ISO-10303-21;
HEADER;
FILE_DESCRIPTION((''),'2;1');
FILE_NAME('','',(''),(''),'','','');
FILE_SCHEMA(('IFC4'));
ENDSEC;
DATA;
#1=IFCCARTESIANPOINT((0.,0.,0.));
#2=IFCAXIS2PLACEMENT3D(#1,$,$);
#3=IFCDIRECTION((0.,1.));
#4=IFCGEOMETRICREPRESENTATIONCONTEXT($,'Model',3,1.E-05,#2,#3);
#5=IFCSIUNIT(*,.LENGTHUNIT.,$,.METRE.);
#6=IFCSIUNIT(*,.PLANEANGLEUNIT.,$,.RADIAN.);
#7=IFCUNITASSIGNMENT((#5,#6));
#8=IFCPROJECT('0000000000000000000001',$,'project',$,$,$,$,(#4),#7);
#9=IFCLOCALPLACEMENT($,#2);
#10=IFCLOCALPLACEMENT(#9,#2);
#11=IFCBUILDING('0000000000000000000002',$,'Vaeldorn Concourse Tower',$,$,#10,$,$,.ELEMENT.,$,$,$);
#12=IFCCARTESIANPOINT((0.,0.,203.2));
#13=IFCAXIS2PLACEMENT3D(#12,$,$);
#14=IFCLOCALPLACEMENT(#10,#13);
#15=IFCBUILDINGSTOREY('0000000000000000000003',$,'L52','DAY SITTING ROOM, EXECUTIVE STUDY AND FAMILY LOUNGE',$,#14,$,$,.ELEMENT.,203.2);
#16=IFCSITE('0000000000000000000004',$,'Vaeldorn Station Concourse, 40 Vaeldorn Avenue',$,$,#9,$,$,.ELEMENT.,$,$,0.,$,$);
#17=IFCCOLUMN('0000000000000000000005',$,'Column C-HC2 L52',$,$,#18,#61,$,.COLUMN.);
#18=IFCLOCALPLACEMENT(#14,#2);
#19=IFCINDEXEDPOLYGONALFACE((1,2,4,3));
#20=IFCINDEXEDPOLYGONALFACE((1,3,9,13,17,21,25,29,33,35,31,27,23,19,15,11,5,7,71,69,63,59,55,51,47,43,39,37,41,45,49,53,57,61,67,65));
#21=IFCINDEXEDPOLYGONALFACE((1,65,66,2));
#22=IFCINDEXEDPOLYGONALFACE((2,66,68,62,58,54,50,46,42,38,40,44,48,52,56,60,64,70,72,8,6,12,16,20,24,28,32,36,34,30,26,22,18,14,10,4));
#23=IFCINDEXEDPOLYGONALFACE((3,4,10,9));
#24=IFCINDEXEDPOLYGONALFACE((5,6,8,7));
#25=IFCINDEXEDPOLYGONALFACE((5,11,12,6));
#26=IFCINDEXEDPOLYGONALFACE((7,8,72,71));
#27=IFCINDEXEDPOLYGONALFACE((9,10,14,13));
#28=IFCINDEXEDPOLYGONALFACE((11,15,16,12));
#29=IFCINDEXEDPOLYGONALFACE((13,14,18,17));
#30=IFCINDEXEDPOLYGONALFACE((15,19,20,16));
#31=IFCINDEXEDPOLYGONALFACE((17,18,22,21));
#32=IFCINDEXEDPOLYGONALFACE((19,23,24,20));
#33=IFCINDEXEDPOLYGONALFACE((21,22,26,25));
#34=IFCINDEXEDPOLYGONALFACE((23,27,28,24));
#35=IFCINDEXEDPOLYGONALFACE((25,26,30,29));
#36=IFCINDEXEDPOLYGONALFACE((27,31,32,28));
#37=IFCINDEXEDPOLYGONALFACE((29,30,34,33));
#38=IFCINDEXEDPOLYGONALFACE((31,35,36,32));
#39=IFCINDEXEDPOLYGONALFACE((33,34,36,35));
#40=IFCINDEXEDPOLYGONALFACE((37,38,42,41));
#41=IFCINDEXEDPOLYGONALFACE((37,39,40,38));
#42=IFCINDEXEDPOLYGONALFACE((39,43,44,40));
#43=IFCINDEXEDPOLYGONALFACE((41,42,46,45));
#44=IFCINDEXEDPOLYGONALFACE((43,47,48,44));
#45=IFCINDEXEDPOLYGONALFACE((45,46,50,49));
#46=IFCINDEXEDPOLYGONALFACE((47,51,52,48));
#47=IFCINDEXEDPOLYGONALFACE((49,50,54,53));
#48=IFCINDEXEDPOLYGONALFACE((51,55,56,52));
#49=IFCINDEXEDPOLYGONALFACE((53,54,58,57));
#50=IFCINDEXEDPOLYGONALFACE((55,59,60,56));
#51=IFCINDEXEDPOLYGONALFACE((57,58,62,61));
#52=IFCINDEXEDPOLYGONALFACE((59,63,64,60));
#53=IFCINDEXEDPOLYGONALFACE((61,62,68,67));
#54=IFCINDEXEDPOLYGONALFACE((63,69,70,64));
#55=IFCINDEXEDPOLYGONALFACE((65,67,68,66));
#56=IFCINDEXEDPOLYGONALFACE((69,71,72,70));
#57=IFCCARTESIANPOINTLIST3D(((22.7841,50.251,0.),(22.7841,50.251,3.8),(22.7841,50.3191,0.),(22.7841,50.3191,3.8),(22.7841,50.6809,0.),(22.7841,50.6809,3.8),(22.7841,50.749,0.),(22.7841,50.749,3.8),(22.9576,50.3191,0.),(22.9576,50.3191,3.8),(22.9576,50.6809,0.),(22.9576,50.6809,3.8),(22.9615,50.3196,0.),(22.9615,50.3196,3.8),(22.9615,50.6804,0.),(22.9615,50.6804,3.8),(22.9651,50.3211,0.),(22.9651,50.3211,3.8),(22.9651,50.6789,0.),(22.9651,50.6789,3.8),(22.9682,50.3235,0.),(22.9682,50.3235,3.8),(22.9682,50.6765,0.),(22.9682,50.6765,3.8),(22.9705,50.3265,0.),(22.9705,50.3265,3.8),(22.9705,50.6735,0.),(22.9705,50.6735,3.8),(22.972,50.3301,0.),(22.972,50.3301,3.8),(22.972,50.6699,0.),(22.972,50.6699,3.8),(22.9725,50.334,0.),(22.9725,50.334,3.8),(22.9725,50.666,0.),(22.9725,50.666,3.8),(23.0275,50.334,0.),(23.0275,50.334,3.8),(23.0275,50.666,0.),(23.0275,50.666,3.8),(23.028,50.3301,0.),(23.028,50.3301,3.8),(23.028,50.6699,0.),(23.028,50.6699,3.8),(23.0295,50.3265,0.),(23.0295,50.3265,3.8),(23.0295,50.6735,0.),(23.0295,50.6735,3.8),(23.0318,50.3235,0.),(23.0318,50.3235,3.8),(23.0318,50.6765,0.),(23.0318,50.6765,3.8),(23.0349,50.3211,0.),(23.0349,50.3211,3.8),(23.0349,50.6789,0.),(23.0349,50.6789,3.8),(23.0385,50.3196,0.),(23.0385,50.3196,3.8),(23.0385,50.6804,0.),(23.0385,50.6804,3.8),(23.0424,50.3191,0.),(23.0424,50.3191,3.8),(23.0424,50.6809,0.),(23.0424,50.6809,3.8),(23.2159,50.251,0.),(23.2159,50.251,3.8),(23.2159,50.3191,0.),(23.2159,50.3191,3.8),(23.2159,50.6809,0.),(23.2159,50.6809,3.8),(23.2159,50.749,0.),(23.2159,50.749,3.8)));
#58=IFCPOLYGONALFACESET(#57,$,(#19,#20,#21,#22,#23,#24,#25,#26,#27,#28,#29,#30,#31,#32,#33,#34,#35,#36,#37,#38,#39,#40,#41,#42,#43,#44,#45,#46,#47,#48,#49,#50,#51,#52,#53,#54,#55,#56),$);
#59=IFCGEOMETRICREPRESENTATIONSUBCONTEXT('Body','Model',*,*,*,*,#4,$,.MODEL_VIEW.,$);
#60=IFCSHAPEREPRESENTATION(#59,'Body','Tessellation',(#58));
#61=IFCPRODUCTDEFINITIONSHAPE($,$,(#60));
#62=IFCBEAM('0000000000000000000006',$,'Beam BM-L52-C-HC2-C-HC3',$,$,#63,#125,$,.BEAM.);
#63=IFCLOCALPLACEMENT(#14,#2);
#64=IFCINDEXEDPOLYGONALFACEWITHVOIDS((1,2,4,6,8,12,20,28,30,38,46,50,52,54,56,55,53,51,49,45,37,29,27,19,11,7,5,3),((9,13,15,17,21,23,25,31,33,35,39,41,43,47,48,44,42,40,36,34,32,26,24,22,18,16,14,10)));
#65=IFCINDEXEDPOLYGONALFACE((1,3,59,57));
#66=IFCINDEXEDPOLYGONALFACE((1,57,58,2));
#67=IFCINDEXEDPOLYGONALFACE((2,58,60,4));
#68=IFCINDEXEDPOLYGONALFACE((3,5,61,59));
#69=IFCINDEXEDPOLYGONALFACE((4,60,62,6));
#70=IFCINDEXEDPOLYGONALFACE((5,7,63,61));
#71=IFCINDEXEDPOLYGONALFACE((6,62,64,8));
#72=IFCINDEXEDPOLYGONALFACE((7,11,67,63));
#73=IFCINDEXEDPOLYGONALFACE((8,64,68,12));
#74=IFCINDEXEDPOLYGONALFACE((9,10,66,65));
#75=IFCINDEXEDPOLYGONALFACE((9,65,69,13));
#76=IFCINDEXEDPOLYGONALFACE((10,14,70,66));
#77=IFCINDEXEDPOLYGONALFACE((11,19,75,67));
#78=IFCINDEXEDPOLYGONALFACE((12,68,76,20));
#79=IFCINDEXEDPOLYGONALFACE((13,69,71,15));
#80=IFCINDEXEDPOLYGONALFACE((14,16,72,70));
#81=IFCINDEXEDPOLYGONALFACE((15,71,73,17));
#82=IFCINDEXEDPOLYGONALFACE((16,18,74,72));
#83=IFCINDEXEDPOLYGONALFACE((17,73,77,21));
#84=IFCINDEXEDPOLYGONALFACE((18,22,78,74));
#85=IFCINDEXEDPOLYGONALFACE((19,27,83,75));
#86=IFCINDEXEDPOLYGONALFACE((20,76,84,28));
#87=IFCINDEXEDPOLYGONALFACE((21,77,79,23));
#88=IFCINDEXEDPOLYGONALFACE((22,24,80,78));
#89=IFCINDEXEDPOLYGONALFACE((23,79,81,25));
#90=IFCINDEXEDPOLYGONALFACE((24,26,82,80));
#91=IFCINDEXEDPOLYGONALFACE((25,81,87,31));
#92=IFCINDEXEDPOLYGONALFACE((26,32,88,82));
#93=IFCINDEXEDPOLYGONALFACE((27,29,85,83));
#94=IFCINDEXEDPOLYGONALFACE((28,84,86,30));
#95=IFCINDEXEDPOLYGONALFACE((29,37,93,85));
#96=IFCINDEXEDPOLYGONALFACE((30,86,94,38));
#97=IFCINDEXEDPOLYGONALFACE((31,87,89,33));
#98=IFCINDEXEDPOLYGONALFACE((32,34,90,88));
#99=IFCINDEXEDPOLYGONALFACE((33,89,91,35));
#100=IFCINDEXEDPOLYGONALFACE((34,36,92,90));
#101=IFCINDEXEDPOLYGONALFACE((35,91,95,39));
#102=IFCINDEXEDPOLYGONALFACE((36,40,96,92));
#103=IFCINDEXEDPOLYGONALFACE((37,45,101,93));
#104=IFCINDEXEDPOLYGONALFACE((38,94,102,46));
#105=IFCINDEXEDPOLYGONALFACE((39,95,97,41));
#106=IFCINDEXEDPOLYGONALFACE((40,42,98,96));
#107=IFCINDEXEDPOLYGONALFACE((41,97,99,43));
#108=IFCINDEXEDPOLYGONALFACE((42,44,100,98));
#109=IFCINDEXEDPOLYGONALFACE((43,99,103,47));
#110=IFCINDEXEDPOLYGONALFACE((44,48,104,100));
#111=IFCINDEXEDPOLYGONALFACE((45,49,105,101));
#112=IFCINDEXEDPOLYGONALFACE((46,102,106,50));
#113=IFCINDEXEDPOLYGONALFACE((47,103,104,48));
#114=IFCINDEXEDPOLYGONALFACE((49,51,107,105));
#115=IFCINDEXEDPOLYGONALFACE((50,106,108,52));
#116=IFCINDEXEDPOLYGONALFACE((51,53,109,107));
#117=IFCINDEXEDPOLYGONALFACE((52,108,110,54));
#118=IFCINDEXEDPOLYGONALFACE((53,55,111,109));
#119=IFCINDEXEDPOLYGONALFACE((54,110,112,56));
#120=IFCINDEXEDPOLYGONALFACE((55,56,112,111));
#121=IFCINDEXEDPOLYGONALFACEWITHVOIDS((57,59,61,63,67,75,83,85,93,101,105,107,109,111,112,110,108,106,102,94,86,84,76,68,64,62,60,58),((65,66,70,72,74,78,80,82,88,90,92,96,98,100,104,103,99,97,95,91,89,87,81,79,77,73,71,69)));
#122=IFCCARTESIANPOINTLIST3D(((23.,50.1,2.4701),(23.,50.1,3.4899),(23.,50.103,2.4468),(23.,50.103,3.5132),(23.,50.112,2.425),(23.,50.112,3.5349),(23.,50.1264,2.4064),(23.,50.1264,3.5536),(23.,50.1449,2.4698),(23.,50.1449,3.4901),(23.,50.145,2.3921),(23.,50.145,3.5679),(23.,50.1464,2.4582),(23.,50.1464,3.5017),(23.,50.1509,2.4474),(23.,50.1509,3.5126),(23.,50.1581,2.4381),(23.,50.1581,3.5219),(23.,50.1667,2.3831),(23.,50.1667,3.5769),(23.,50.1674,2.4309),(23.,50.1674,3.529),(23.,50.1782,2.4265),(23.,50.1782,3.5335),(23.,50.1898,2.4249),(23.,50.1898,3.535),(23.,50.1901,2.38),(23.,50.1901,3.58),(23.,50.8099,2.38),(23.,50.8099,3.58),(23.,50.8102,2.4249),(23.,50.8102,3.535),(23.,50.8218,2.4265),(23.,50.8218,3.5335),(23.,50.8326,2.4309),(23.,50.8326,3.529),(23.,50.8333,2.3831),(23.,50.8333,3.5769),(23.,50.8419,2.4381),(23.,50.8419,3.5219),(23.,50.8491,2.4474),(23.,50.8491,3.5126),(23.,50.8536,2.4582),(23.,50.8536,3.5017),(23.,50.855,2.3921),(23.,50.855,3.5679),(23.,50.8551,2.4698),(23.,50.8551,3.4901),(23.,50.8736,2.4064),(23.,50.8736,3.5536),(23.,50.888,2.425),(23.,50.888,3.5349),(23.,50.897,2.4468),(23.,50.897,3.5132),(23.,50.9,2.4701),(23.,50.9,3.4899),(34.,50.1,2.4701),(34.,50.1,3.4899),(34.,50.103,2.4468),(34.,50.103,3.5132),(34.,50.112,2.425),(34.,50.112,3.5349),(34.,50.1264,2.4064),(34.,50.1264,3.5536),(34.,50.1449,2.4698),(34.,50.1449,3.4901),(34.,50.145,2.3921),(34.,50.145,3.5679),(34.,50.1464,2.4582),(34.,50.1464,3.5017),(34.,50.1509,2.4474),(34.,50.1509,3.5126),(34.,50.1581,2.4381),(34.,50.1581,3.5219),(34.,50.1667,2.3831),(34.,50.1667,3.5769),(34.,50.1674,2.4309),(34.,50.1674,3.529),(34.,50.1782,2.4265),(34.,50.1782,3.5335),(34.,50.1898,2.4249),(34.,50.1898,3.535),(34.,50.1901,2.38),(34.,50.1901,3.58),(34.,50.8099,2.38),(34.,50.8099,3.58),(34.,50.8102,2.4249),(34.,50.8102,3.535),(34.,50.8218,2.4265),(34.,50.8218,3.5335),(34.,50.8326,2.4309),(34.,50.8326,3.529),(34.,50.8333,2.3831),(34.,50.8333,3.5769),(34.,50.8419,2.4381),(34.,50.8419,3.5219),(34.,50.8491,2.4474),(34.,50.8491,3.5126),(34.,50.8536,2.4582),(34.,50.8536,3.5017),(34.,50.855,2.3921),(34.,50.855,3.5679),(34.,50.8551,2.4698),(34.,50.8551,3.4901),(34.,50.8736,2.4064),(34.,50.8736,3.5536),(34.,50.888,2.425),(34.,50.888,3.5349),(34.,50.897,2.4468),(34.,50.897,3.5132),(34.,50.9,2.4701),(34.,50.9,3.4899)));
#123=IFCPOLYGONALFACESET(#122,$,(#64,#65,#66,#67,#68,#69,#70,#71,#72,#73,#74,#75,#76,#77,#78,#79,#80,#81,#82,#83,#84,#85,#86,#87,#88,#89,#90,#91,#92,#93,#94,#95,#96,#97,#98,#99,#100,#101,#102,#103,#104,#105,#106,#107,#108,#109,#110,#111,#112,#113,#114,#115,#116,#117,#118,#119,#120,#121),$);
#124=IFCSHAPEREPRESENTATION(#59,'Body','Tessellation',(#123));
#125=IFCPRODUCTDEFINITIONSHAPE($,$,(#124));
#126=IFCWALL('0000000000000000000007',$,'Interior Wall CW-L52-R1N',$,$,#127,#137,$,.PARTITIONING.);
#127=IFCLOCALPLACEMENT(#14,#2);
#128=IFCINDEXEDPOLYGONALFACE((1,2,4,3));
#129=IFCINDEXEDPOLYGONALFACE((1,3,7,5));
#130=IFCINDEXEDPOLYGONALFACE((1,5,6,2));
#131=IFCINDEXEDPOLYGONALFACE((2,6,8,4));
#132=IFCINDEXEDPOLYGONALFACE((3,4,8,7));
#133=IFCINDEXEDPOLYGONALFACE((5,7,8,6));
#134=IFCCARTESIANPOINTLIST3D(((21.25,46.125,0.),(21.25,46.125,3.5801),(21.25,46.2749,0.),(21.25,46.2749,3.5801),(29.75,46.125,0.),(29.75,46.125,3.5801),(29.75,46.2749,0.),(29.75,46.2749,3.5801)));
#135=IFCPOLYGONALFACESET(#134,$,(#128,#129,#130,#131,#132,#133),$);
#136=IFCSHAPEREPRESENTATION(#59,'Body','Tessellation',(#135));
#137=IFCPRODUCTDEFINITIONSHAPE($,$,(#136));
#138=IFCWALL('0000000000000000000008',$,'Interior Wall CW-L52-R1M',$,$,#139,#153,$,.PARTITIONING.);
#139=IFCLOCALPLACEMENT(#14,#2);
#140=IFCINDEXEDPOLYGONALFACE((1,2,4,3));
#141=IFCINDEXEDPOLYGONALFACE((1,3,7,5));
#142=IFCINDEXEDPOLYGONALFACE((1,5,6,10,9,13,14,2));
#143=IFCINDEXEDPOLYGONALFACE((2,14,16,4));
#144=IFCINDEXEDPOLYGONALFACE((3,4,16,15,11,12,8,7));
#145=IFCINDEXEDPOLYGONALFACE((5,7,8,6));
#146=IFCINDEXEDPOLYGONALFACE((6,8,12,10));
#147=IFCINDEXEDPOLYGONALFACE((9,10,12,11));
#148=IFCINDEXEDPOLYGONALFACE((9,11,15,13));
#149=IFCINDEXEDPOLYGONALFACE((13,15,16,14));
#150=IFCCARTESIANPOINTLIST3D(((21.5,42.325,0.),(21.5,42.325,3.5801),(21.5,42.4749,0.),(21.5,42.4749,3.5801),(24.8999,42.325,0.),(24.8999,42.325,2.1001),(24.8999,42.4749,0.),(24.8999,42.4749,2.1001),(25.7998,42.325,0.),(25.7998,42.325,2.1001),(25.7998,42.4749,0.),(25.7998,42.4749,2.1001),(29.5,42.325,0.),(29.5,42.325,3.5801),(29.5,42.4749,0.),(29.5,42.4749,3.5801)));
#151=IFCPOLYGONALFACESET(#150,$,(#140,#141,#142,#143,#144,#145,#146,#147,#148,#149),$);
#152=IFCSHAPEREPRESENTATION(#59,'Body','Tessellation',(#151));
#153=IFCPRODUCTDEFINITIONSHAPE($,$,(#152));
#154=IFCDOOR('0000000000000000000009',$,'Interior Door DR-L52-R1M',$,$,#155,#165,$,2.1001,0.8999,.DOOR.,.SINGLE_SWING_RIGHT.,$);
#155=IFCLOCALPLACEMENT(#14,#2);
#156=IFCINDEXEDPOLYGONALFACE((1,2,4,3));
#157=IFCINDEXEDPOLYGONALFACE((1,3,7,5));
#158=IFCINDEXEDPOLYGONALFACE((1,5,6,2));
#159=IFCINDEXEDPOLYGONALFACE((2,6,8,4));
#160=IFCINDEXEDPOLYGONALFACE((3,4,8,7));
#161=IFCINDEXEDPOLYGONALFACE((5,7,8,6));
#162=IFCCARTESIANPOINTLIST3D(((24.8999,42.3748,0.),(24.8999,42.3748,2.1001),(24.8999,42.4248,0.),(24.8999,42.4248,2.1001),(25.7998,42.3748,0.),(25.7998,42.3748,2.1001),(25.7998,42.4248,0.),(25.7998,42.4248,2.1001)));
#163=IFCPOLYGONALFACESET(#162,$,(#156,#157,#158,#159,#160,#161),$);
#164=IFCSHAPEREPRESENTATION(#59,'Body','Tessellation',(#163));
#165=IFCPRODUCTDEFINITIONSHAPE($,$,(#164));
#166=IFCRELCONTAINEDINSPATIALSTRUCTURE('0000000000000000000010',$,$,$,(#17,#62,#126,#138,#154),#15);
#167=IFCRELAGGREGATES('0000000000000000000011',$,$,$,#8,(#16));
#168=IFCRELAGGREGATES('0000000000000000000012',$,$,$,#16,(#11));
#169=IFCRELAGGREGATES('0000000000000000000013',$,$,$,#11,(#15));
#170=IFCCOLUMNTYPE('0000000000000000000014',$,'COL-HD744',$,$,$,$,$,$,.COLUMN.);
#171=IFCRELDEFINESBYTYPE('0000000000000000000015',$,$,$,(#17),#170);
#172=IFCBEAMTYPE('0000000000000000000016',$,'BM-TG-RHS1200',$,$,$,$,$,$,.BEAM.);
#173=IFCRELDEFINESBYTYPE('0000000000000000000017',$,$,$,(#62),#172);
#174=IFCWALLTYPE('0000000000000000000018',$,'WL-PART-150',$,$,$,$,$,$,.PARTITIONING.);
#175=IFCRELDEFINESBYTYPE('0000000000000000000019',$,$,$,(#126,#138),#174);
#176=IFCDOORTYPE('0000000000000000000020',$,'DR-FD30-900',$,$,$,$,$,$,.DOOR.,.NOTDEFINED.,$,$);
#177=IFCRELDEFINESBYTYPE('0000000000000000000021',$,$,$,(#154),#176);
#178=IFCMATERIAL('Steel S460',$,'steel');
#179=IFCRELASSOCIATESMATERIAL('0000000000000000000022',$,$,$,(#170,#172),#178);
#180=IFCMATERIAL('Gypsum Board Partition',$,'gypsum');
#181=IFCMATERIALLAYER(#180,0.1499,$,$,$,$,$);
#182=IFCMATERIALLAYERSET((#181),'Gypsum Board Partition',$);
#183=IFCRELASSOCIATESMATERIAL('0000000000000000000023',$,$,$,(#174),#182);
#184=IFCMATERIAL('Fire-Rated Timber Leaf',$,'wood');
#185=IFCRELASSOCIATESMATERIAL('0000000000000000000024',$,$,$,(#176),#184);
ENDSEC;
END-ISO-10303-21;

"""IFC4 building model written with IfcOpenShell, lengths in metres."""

from ifc_helpers import new_model, si_unit, direction, frame, frame_2d, origin, origin_2d, place, context, subcontext, project, spatial, rectangle, hollow_rectangle, i_section, extrude, source, transform, mapped, material, layer, layer_set, material_profile, profile_set, type_object, element, fill, save


model = new_model("IFC4")

# Units and contexts
model_context = context("Model", 3, precision=1e-05, world=origin(), true_north=direction((0.0, 1.0)))
body_context = subcontext(model_context, "Body", "Model", "MODEL_VIEW")
ifc_project = project(units=[si_unit("LENGTHUNIT", "METRE"), si_unit("PLANEANGLEUNIT", "RADIAN")], contexts=[model_context])

# Site, building, storey
site_placement = place(None, origin())
site = spatial("IfcSite", under=ifc_project, at=site_placement, Name="Vaeldorn Station Concourse, 40 Vaeldorn Avenue", CompositionType="ELEMENT", RefElevation=0.0)
building_placement = place(site_placement, origin())
building = spatial("IfcBuilding", under=site, at=building_placement, Name="Vaeldorn Concourse Tower", CompositionType="ELEMENT")
storey_placement = place(building_placement, frame((0.0, 0.0, 203.2)))
storey = spatial("IfcBuildingStorey", under=building, at=storey_placement, Name="L52", Description="DAY SITTING ROOM, EXECUTIVE STUDY AND FAMILY LOUNGE", CompositionType="ELEMENT", Elevation=203.2)

# Column
ifc_material_1 = material(Name="Steel S460", Category="steel")
ifc_material_profile_1 = material_profile(ifc_material_1, i_section(OverallWidth=0.4319, OverallDepth=0.498, WebThickness=0.0549, FlangeThickness=0.0681, FilletRadius=0.0149, at=origin_2d()), Name="HD 400x744")
ifc_profile_set_1 = profile_set([ifc_material_profile_1], Name="Steel S460")
column_type = type_object("IfcColumnType", Name="COL-HD744", PredefinedType="COLUMN", material=ifc_profile_set_1)
shared_shape_1 = source(origin(), body_context, "Body", "SweptSolid", [
    extrude(i_section(OverallWidth=0.4319, OverallDepth=0.498, WebThickness=0.0549, FlangeThickness=0.0681, FilletRadius=0.0149, at=origin_2d()), origin(), (0.0, 0.0, 1.0), 3.8),
])
column_placement = place(storey_placement, frame((23.0, 50.5, 0.0), z_axis=(0.0, 0.0, 1.0), x_axis=(1.0, 0.0, 0.0)))
element("IfcColumn", 1, at=column_placement, inside=storey, type_object=column_type, Name="Column C-HC2 L52", PredefinedType="COLUMN", context=body_context, shape_type="MappedRepresentation", body=[
    mapped(shared_shape_1, transform((0.0, 0.0, 0.0), scale=1.0)),
])

# Beam
ifc_material_profile_2 = material_profile(ifc_material_1, hollow_rectangle(XDim=0.8, YDim=1.2, WallThickness=0.0449, InnerFilletRadius=0.0449, OuterFilletRadius=0.0901, at=origin_2d()), Name="RHS 1200x800x45")
ifc_profile_set_2 = profile_set([ifc_material_profile_2], Name="Steel S460")
beam_type = type_object("IfcBeamType", Name="BM-TG-RHS1200", PredefinedType="BEAM", material=ifc_profile_set_2)
shared_shape_2 = source(origin(), body_context, "Body", "SweptSolid", [
    extrude(hollow_rectangle(XDim=0.8, YDim=1.2, WallThickness=0.0449, InnerFilletRadius=0.0449, OuterFilletRadius=0.0901, at=origin_2d()), origin(), (0.0, 0.0, 1.0), 11.0),
])
beam_placement = place(storey_placement, frame((23.0, 50.5, 2.98), z_axis=(1.0, 0.0, 0.0), x_axis=(0.0, 1.0, 0.0)))
element("IfcBeam", 2, at=beam_placement, inside=storey, type_object=beam_type, Name="Beam BM-L52-C-HC2-C-HC3", PredefinedType="BEAM", context=body_context, shape_type="MappedRepresentation", body=[
    mapped(shared_shape_2, transform((0.0, 0.0, 0.0), scale=1.0)),
])

# Wall
ifc_material_2 = material(Name="Gypsum Board Partition", Category="gypsum")
ifc_layer_1 = layer(ifc_material_2, 0.1499)
ifc_layer_set_1 = layer_set([ifc_layer_1], Name="Gypsum Board Partition")
wall_type_1 = type_object("IfcWallType", Name="WL-PART-150", PredefinedType="PARTITIONING", material=ifc_layer_set_1)
wall_1_placement = place(storey_placement, frame((21.25, 46.2, 0.0), z_axis=(0.0, 0.0, 1.0), x_axis=(1.0, 0.0, 0.0)))
element("IfcWall", 3, at=wall_1_placement, inside=storey, type_object=wall_type_1, Name="Interior Wall CW-L52-R1N", PredefinedType="PARTITIONING", context=body_context, shape_type="SweptSolid", body=[
    extrude(rectangle(XDim=8.5, YDim=0.1499, at=frame_2d((4.25, 0.0))), origin(), (0.0, 0.0, 1.0), 3.5801),
])

# Wall, opening, door
wall_2_placement = place(storey_placement, frame((21.5, 42.3999, 0.0), z_axis=(0.0, 0.0, 1.0), x_axis=(1.0, 0.0, 0.0)))
wall_2 = element("IfcWall", 4, at=wall_2_placement, inside=storey, type_object=wall_type_1, Name="Interior Wall CW-L52-R1M", PredefinedType="PARTITIONING", context=body_context, shape_type="SweptSolid", body=[
    extrude(rectangle(XDim=8.0, YDim=0.1499, at=frame_2d((4.0, 0.0))), origin(), (0.0, 0.0, 1.0), 3.5801),
])
opening_1_placement = place(wall_2_placement, frame((3.3999, 0.0, 0.0)))
opening_1 = element("IfcOpeningElement", 5, at=opening_1_placement, cuts=wall_2, PredefinedType="OPENING", context=body_context, shape_type="SweptSolid", body=[
    extrude(rectangle(XDim=0.8999, YDim=2.1001, at=frame_2d((0.45, 1.05))), frame((0.0, 0.085, 0.0), z_axis=(0.0, -1.0, 0.0), x_axis=(1.0, 0.0, 0.0)), (0.0, 0.0, 1.0), 0.1699),
])
ifc_material_3 = material(Name="Fire-Rated Timber Leaf", Category="wood")
door_type_1 = type_object("IfcDoorType", Name="DR-FD30-900", OperationType="NOTDEFINED", PredefinedType="DOOR", material=ifc_material_3)
shared_shape_3 = source(origin(), body_context, "Body", "SweptSolid", [
    extrude(rectangle(XDim=0.8999, YDim=2.1001, at=frame_2d((0.45, 1.05))), frame((0.0, 0.0249, 0.0), z_axis=(0.0, -1.0, 0.0), x_axis=(1.0, 0.0, 0.0)), (0.0, 0.0, 1.0), 0.05),
])
door_1_placement = place(opening_1_placement, origin())
door_1 = element("IfcDoor", 6, at=door_1_placement, inside=storey, type_object=door_type_1, Name="Interior Door DR-L52-R1M", OperationType="SINGLE_SWING_RIGHT", OverallHeight=2.1001, OverallWidth=0.8999, PredefinedType="DOOR", context=body_context, shape_type="MappedRepresentation", body=[
    mapped(shared_shape_3, transform((0.0, 0.0, 0.0), scale=1.0)),
])
fill(opening_1, door_1)

save(model, "model.ifc")
